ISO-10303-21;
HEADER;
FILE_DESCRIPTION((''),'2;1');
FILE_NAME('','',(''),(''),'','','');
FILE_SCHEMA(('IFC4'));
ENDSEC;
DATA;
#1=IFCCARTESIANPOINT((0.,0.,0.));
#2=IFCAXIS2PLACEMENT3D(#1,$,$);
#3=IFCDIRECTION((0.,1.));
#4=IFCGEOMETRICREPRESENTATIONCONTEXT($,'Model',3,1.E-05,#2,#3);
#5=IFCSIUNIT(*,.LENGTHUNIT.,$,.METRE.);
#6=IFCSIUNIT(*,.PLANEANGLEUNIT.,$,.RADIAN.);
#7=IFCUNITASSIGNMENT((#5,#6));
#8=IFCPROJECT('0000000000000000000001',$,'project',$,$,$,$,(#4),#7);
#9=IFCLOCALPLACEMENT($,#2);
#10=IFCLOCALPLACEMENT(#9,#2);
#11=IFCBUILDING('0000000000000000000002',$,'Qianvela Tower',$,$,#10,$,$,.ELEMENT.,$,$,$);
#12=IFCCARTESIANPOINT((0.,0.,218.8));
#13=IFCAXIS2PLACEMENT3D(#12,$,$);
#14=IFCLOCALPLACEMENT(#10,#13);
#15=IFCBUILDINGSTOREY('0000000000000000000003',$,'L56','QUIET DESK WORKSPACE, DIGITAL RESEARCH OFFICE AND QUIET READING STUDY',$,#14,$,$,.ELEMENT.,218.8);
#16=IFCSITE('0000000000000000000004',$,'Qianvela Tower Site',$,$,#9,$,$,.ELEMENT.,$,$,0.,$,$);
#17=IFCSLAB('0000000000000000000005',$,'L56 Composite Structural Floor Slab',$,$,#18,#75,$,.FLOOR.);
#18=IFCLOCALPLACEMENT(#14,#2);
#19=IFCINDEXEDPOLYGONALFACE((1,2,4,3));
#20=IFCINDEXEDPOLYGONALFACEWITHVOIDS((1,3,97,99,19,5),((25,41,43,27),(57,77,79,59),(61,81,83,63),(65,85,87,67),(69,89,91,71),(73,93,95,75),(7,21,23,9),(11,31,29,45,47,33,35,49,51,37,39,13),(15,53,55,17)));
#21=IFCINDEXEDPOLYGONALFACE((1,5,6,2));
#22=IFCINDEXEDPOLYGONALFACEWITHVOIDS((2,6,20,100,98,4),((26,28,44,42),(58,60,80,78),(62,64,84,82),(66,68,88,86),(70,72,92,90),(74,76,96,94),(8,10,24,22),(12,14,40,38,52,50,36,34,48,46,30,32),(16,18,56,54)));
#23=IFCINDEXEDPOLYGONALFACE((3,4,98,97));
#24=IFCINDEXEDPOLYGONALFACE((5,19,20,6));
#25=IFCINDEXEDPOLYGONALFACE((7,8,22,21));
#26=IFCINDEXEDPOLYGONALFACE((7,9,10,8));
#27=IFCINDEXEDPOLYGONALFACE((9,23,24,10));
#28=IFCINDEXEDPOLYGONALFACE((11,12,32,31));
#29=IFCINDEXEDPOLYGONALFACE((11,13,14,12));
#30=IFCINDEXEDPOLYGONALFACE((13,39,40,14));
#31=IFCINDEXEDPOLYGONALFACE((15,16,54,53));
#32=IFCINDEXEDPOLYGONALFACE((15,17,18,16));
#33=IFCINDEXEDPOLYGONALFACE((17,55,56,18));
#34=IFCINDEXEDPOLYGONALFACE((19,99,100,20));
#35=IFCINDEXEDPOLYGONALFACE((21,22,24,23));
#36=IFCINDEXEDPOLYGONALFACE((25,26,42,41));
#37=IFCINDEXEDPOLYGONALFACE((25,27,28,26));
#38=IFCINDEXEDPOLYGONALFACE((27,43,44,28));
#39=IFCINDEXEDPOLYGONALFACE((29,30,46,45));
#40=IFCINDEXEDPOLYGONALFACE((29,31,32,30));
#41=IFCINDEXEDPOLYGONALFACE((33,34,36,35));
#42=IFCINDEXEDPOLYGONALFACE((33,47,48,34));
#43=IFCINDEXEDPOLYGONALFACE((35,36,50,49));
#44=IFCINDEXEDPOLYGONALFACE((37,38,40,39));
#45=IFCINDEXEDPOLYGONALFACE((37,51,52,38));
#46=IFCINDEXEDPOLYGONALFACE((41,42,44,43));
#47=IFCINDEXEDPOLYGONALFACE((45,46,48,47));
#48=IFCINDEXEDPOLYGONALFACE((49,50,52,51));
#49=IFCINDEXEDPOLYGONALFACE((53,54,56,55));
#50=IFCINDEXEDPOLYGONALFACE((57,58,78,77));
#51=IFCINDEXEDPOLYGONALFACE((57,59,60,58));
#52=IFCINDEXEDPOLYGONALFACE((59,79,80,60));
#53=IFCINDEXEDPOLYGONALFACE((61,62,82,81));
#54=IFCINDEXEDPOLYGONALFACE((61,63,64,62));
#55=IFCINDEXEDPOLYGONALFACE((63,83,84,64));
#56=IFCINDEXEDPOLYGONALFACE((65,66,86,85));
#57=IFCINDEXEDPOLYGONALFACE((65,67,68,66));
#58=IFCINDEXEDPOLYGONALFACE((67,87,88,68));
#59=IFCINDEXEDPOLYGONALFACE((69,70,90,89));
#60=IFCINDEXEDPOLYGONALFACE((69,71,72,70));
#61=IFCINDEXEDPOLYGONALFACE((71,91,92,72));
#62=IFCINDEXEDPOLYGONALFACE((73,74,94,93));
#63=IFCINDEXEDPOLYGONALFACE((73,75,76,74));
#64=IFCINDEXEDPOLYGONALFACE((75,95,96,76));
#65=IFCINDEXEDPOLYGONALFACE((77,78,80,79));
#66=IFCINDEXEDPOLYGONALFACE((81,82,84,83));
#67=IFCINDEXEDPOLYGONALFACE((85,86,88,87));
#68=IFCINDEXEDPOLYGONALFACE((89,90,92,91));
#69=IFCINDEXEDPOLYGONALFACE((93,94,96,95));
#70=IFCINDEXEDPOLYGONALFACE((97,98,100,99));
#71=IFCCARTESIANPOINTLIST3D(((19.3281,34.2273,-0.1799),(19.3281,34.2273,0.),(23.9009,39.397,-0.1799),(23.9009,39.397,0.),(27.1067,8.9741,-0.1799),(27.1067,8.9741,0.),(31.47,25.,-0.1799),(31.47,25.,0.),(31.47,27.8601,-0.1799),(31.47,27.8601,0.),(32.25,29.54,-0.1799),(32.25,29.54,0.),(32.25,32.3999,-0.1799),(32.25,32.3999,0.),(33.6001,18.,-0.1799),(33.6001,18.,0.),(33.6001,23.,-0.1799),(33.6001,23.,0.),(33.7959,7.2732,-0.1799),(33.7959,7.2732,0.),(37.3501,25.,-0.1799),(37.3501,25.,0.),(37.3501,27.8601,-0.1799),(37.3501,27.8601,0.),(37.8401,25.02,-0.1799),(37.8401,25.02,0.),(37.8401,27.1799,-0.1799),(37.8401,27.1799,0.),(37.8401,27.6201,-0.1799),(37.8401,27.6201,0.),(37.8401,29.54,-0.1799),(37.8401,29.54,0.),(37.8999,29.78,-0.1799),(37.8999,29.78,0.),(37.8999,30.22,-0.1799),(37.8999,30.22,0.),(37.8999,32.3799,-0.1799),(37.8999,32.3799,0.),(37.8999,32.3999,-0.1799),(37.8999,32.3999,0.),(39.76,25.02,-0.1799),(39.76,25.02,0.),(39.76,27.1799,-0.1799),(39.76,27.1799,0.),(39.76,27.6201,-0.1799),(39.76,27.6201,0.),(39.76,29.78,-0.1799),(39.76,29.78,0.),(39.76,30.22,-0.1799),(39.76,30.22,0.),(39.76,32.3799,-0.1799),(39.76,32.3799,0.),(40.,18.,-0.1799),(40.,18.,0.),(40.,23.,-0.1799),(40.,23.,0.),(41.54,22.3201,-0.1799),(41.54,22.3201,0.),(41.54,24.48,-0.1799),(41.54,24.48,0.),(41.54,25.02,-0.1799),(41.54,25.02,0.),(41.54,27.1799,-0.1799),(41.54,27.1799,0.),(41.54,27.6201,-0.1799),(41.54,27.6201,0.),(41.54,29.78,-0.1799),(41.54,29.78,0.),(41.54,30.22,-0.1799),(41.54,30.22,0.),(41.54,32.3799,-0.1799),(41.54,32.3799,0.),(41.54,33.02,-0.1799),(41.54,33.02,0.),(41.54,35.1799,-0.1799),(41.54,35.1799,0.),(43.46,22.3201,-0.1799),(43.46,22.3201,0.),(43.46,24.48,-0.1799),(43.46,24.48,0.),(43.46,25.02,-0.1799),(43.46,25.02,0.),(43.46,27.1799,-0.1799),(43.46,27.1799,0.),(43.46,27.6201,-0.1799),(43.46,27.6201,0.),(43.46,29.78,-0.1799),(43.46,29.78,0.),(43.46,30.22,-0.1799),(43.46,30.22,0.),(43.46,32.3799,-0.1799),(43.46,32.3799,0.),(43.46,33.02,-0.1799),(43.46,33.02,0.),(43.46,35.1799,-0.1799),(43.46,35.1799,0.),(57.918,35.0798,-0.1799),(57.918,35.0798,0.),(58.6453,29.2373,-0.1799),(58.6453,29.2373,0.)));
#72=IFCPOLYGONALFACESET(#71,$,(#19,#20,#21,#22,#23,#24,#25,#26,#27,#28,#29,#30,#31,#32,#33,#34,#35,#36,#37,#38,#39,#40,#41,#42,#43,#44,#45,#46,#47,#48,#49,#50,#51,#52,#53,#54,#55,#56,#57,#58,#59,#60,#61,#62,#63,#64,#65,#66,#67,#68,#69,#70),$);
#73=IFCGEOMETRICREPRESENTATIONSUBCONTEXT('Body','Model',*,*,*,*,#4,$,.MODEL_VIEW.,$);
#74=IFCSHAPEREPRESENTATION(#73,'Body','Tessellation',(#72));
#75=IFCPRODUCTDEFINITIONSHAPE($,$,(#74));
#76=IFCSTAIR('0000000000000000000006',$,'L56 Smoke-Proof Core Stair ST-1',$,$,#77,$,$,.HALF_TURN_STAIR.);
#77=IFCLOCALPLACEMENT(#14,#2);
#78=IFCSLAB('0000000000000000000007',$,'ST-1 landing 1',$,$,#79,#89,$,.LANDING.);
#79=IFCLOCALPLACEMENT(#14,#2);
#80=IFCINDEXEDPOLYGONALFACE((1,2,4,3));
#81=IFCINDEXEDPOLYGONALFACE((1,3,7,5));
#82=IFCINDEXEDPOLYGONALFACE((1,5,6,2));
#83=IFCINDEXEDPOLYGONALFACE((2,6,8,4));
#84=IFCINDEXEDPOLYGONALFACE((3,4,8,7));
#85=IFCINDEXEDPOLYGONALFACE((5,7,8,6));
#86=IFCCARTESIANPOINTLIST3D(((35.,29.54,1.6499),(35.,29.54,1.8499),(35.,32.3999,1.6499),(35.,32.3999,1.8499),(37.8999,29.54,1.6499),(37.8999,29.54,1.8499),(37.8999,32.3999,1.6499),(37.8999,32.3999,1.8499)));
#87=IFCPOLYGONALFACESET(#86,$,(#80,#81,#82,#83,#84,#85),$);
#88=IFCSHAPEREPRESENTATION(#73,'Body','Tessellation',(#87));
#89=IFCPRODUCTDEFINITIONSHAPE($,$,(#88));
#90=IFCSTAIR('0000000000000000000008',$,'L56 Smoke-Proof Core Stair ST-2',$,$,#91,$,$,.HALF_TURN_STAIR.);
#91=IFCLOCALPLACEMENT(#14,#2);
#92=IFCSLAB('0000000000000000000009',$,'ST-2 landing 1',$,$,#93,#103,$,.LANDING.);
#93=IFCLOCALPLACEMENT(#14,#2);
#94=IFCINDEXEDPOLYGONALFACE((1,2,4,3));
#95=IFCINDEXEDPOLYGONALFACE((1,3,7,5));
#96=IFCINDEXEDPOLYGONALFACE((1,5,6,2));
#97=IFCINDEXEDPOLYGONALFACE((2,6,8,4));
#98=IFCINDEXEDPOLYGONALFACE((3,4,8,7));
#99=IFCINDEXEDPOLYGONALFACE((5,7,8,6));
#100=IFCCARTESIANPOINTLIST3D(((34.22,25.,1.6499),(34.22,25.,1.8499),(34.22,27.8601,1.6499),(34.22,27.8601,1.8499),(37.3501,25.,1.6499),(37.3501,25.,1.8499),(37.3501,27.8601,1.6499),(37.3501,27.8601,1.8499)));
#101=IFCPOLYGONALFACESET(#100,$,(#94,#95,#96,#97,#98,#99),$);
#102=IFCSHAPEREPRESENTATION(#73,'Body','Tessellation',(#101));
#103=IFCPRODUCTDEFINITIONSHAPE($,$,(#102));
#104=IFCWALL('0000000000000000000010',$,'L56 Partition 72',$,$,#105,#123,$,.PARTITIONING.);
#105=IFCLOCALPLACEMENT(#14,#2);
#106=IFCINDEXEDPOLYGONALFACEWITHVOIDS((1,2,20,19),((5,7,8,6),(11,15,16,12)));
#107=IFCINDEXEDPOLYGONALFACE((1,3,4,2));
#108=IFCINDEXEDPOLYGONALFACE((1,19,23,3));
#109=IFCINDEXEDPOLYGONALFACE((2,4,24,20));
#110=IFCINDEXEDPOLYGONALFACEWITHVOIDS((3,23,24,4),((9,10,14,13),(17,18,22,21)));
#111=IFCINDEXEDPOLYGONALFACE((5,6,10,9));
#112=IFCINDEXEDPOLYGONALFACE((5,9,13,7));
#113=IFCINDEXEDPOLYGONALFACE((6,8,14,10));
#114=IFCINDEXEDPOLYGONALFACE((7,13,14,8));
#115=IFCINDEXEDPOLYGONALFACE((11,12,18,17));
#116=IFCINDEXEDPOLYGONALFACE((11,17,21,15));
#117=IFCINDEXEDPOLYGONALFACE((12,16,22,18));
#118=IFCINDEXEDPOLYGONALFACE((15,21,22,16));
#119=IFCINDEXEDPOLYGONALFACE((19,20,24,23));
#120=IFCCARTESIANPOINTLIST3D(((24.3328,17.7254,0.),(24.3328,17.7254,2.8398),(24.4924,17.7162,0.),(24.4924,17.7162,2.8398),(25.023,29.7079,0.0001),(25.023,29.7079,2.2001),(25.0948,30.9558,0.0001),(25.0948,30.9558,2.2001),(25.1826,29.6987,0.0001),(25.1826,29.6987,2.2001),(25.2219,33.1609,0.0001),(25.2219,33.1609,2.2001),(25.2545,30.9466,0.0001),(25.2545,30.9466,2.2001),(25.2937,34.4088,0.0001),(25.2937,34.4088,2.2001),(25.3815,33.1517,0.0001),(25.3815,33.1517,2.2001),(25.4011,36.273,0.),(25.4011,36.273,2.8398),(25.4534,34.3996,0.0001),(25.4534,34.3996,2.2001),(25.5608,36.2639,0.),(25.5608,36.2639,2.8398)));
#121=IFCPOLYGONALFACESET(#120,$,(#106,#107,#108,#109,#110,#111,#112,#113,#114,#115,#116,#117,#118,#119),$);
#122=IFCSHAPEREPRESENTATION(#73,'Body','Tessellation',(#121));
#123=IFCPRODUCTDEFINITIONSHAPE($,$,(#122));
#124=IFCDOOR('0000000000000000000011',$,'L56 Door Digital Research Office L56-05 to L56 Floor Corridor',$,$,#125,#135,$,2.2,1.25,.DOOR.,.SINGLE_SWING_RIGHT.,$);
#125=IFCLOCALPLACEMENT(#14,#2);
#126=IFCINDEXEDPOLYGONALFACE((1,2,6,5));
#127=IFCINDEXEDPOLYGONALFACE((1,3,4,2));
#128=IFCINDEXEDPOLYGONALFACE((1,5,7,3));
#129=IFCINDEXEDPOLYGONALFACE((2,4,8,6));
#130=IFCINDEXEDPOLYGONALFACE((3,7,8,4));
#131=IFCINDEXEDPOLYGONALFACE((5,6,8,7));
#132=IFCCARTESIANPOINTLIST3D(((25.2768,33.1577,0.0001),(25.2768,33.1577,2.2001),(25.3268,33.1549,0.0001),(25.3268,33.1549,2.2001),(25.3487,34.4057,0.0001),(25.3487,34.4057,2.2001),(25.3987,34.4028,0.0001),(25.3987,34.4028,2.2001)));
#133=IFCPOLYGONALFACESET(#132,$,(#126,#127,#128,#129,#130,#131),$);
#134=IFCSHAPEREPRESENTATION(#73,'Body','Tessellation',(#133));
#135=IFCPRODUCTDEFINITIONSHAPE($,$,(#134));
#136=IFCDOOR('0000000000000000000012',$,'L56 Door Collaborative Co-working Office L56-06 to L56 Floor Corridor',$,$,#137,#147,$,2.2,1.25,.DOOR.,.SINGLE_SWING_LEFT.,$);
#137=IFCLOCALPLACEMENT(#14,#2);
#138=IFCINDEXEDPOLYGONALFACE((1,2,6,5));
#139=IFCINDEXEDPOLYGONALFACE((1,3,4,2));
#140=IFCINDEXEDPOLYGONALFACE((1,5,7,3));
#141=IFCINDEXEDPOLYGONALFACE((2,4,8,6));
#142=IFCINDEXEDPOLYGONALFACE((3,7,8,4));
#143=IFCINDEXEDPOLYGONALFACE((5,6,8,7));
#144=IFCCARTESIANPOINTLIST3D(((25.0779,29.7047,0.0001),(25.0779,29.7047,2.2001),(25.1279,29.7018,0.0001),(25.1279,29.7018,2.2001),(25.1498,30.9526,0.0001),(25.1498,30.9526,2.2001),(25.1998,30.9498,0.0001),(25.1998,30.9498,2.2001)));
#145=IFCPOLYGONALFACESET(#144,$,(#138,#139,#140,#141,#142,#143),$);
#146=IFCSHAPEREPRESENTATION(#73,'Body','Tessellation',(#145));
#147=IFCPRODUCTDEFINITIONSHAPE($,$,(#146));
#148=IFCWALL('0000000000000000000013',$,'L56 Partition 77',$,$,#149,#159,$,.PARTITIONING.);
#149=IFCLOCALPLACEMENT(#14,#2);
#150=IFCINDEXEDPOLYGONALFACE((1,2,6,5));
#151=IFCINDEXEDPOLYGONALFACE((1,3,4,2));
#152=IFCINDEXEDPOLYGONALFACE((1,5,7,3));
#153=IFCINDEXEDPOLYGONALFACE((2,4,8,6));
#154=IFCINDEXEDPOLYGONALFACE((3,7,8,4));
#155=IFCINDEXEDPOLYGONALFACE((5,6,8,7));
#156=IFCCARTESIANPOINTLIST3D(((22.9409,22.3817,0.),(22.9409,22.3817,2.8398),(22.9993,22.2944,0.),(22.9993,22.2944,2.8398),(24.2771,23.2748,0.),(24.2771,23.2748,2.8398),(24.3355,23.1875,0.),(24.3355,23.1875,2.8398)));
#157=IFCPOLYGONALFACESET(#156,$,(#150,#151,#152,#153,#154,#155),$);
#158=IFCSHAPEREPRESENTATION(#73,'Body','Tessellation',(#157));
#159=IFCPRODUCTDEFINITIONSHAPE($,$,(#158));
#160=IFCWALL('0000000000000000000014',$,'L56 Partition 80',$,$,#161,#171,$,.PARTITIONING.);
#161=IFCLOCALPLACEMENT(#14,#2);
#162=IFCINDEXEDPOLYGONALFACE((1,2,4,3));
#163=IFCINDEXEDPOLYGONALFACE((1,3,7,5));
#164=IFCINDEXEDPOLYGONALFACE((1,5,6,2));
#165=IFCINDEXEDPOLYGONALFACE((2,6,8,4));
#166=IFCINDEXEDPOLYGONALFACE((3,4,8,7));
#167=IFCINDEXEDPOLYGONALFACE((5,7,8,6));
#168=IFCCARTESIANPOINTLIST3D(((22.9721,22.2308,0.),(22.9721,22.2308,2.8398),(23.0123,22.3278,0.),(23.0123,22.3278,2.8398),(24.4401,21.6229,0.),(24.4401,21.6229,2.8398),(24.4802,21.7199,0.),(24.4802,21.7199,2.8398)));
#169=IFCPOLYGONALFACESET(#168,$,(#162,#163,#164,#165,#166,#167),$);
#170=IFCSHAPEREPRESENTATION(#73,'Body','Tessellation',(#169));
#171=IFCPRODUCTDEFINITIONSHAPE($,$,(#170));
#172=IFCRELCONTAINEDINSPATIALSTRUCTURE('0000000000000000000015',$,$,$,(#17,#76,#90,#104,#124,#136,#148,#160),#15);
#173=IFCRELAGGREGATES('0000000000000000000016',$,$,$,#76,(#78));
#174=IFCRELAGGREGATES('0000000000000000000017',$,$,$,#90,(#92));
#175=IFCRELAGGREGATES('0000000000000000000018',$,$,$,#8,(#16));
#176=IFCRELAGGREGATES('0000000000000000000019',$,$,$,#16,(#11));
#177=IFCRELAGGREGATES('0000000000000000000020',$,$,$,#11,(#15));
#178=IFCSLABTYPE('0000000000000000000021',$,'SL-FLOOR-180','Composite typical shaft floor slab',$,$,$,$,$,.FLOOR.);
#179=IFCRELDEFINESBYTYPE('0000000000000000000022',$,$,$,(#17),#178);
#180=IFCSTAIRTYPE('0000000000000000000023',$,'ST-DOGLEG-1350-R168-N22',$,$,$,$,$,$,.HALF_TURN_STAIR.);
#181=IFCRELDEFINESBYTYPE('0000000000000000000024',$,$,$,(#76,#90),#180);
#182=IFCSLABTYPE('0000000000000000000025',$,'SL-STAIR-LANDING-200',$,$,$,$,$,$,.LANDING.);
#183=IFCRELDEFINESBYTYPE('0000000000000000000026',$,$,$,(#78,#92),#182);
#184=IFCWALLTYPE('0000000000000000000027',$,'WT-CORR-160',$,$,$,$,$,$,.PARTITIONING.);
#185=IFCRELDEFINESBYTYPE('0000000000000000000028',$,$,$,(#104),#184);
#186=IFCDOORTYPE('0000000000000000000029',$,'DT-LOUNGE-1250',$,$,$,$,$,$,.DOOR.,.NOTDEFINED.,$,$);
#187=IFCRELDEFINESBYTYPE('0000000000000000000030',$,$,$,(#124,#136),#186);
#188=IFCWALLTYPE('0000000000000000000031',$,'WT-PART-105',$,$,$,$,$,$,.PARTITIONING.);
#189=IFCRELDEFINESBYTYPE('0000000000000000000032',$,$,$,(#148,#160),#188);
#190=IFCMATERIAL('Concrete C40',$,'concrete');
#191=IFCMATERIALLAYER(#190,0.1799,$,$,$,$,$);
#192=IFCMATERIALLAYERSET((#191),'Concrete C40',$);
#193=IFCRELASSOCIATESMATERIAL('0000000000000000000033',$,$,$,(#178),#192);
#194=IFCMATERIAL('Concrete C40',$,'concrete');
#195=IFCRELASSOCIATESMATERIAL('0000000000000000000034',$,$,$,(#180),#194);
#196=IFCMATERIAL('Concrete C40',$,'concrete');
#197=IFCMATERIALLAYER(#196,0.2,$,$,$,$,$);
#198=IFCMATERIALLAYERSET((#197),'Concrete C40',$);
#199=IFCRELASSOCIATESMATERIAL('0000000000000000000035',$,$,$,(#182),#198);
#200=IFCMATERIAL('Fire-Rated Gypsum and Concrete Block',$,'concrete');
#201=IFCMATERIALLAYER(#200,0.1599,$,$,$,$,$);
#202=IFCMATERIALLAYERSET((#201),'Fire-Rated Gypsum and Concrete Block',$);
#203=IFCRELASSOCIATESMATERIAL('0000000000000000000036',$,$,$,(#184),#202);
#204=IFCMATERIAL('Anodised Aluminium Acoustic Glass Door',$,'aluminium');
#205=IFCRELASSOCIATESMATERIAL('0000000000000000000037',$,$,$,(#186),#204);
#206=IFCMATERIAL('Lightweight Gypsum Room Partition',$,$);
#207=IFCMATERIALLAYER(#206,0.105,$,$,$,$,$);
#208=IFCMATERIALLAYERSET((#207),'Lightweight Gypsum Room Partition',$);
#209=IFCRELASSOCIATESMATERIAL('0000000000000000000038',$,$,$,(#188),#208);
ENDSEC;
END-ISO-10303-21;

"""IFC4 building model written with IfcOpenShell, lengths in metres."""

from ifc_helpers import new_model, si_unit, direction, frame, frame_2d, origin, place, context, subcontext, project, spatial, polyline, rectangle, outline, extrude, material, layer, layer_set, type_object, element, fill, aggregate, save


model = new_model("IFC4")

# Units and contexts
model_context = context("Model", 3, precision=1e-05, world=origin(), true_north=direction((0.0, 1.0)))
body_context = subcontext(model_context, "Body", "Model", "MODEL_VIEW")
ifc_project = project(units=[si_unit("LENGTHUNIT", "METRE"), si_unit("PLANEANGLEUNIT", "RADIAN")], contexts=[model_context])

# Site, building, storey
site_placement = place(None, origin())
site = spatial("IfcSite", under=ifc_project, at=site_placement, Name="Qianvela Tower Site", CompositionType="ELEMENT", RefElevation=0.0)
building_placement = place(site_placement, origin())
building = spatial("IfcBuilding", under=site, at=building_placement, Name="Qianvela Tower", CompositionType="ELEMENT")
storey_placement = place(building_placement, frame((0.0, 0.0, 218.8)))
storey = spatial("IfcBuildingStorey", under=building, at=storey_placement, Name="L56", Description="QUIET DESK WORKSPACE, DIGITAL RESEARCH OFFICE AND QUIET READING STUDY", CompositionType="ELEMENT", Elevation=218.8)

# Slab
ifc_material_1 = material(Name="Concrete C40", Category="concrete")
ifc_layer_1 = layer(ifc_material_1, 0.1799)
ifc_layer_set_1 = layer_set([ifc_layer_1], Name="Concrete C40")
slab_type_1 = type_object("IfcSlabType", Name="SL-FLOOR-180", Description="Composite typical shaft floor slab", PredefinedType="FLOOR", material=ifc_layer_set_1)
slab_1_placement = place(storey_placement, frame((0.0, 0.0, -0.1799)))
element("IfcSlab", 1, at=slab_1_placement, inside=storey, type_object=slab_type_1, Name="L56 Composite Structural Floor Slab", PredefinedType="FLOOR", context=body_context, shape_type="SweptSolid", body=[
    extrude(outline(polyline([(58.6453, 29.2373), (57.918, 35.0798), (23.9009, 39.397), (19.3281, 34.2273), (27.1067, 8.9741), (33.7959, 7.2732), (58.6453, 29.2373)]), holes=[polyline([(40.0, 23.0), (33.6001, 23.0), (33.6001, 18.0), (40.0, 18.0), (40.0, 23.0)]), polyline([(39.76, 27.1799), (37.8401, 27.1799), (37.8401, 25.02), (39.76, 25.02), (39.76, 27.1799)]), polyline([(37.3501, 27.8601), (31.47, 27.8601), (31.47, 25.0), (37.3501, 25.0), (37.3501, 27.8601)]), polyline([(37.8401, 27.6201), (39.76, 27.6201), (39.76, 29.78), (37.8999, 29.78), (37.8999, 30.22), (39.76, 30.22), (39.76, 32.3799), (37.8999, 32.3799), (37.8999, 32.3999), (32.25, 32.3999), (32.25, 29.54), (37.8401, 29.54), (37.8401, 27.6201)]), polyline([(43.46, 22.3201), (43.46, 24.48), (41.54, 24.48), (41.54, 22.3201), (43.46, 22.3201)]), polyline([(43.46, 25.02), (43.46, 27.1799), (41.54, 27.1799), (41.54, 25.02), (43.46, 25.02)]), polyline([(43.46, 29.78), (41.54, 29.78), (41.54, 27.6201), (43.46, 27.6201), (43.46, 29.78)]), polyline([(43.46, 30.22), (43.46, 32.3799), (41.54, 32.3799), (41.54, 30.22), (43.46, 30.22)]), polyline([(43.46, 33.02), (43.46, 35.1799), (41.54, 35.1799), (41.54, 33.02), (43.46, 33.02)])]), origin(), (0.0, 0.0, 1.0), 0.1799),
])

# Stairs, slabs
ifc_material_2 = material(Name="Concrete C40", Category="concrete")
stair_type = type_object("IfcStairType", Name="ST-DOGLEG-1350-R168-N22", PredefinedType="HALF_TURN_STAIR", material=ifc_material_2)
stair_1_placement = place(storey_placement, origin())
stair_1 = element("IfcStair", 2, at=stair_1_placement, inside=storey, type_object=stair_type, Name="L56 Smoke-Proof Core Stair ST-1", PredefinedType="HALF_TURN_STAIR")
ifc_material_3 = material(Name="Concrete C40", Category="concrete")
ifc_layer_2 = layer(ifc_material_3, 0.2)
ifc_layer_set_2 = layer_set([ifc_layer_2], Name="Concrete C40")
slab_type_2 = type_object("IfcSlabType", Name="SL-STAIR-LANDING-200", PredefinedType="LANDING", material=ifc_layer_set_2)
slab_2_placement = place(storey_placement, frame((0.0, 0.0, 1.6499)))
slab_2 = element("IfcSlab", 3, at=slab_2_placement, type_object=slab_type_2, Name="ST-1 landing 1", PredefinedType="LANDING", context=body_context, shape_type="SweptSolid", body=[
    extrude(outline(polyline([(35.0, 29.54), (37.8999, 29.54), (37.8999, 32.3999), (35.0, 32.3999), (35.0, 29.54)])), origin(), (0.0, 0.0, 1.0), 0.2),
])
aggregate(stair_1, [slab_2])
stair_2_placement = place(storey_placement, origin())
stair_2 = element("IfcStair", 4, at=stair_2_placement, inside=storey, type_object=stair_type, Name="L56 Smoke-Proof Core Stair ST-2", PredefinedType="HALF_TURN_STAIR")
slab_3_placement = place(storey_placement, frame((0.0, 0.0, 1.6499)))
slab_3 = element("IfcSlab", 5, at=slab_3_placement, type_object=slab_type_2, Name="ST-2 landing 1", PredefinedType="LANDING", context=body_context, shape_type="SweptSolid", body=[
    extrude(outline(polyline([(34.22, 25.0), (37.3501, 25.0), (37.3501, 27.8601), (34.22, 27.8601), (34.22, 25.0)])), origin(), (0.0, 0.0, 1.0), 0.2),
])
aggregate(stair_2, [slab_3])

# Wall, openings, doors
ifc_material_4 = material(Name="Fire-Rated Gypsum and Concrete Block", Category="concrete")
ifc_layer_3 = layer(ifc_material_4, 0.1599)
ifc_layer_set_3 = layer_set([ifc_layer_3], Name="Fire-Rated Gypsum and Concrete Block")
wall_type_1 = type_object("IfcWallType", Name="WT-CORR-160", PredefinedType="PARTITIONING", material=ifc_layer_set_3)
wall_1_placement = place(storey_placement, frame((24.4126, 17.7209, 0.0), z_axis=(0.0, 0.0, 1.0), x_axis=(0.057506, 0.998345, 0.0)))
wall_1 = element("IfcWall", 6, at=wall_1_placement, inside=storey, type_object=wall_type_1, Name="L56 Partition 72", PredefinedType="PARTITIONING", context=body_context, shape_type="SweptSolid", body=[
    extrude(rectangle(XDim=18.5784, YDim=0.1599, at=frame_2d((9.2891, 0.0))), origin(), (0.0, 0.0, 1.0), 2.8398),
])
opening_1_placement = place(wall_1_placement, frame((15.4609, 0.0, 0.0)))
opening_1 = element("IfcOpeningElement", 7, at=opening_1_placement, cuts=wall_1, PredefinedType="OPENING", context=body_context, shape_type="SweptSolid", body=[
    extrude(rectangle(XDim=1.25, YDim=2.2, at=frame_2d((0.625, 1.1001))), frame((0.0, 0.0898, 0.0), z_axis=(0.0, -1.0, 0.0), x_axis=(1.0, 0.0, 0.0)), (0.0, 0.0, 1.0), 0.1799),
])
opening_2_placement = place(wall_1_placement, frame((12.0022, 0.0, 0.0)))
opening_2 = element("IfcOpeningElement", 8, at=opening_2_placement, cuts=wall_1, PredefinedType="OPENING", context=body_context, shape_type="SweptSolid", body=[
    extrude(rectangle(XDim=1.25, YDim=2.2, at=frame_2d((0.625, 1.1001))), frame((0.0, 0.0898, 0.0), z_axis=(0.0, -1.0, 0.0), x_axis=(1.0, 0.0, 0.0)), (0.0, 0.0, 1.0), 0.1799),
])
ifc_material_5 = material(Name="Anodised Aluminium Acoustic Glass Door", Category="aluminium")
door_type = type_object("IfcDoorType", Name="DT-LOUNGE-1250", OperationType="NOTDEFINED", PredefinedType="DOOR", material=ifc_material_5)
door_1_placement = place(opening_1_placement, origin())
door_1 = element("IfcDoor", 9, at=door_1_placement, inside=storey, type_object=door_type, Name="L56 Door Digital Research Office L56-05 to L56 Floor Corridor", OperationType="SINGLE_SWING_RIGHT", OverallHeight=2.2, OverallWidth=1.25, PredefinedType="DOOR", context=body_context, shape_type="SweptSolid", body=[
    extrude(rectangle(XDim=1.25, YDim=2.2, at=frame_2d((0.625, 1.1001))), frame((0.0, 0.0249, 0.0), z_axis=(0.0, -1.0, 0.0), x_axis=(1.0, 0.0, 0.0)), (0.0, 0.0, 1.0), 0.05),
])
fill(opening_1, door_1)
door_2_placement = place(opening_2_placement, origin())
door_2 = element("IfcDoor", 10, at=door_2_placement, inside=storey, type_object=door_type, Name="L56 Door Collaborative Co-working Office L56-06 to L56 Floor Corridor", OperationType="SINGLE_SWING_LEFT", OverallHeight=2.2, OverallWidth=1.25, PredefinedType="DOOR", context=body_context, shape_type="SweptSolid", body=[
    extrude(rectangle(XDim=1.25, YDim=2.2, at=frame_2d((0.625, 1.1001))), frame((0.0, 0.0249, 0.0), z_axis=(0.0, -1.0, 0.0), x_axis=(1.0, 0.0, 0.0)), (0.0, 0.0, 1.0), 0.05),
])
fill(opening_2, door_2)

# Walls
ifc_material_6 = material(Name="Lightweight Gypsum Room Partition")
ifc_layer_4 = layer(ifc_material_6, 0.105)
ifc_layer_set_4 = layer_set([ifc_layer_4], Name="Lightweight Gypsum Room Partition")
wall_type_2 = type_object("IfcWallType", Name="WT-PART-105", PredefinedType="PARTITIONING", material=ifc_layer_set_4)
wall_2_placement = place(storey_placement, frame((24.3064, 23.2312, 0.0), z_axis=(0.0, 0.0, 1.0), x_axis=(-0.831395, -0.555681, 0.0)))
element("IfcWall", 11, at=wall_2_placement, inside=storey, type_object=wall_type_2, Name="L56 Partition 77", PredefinedType="PARTITIONING", context=body_context, shape_type="SweptSolid", body=[
    extrude(rectangle(XDim=1.6072, YDim=0.105, at=frame_2d((0.8037, 0.0))), origin(), (0.0, 0.0, 1.0), 2.8398),
])
wall_3_placement = place(storey_placement, frame((22.9922, 22.2793, 0.0), z_axis=(0.0, 0.0, 1.0), x_axis=(0.923916, -0.382596, 0.0)))
element("IfcWall", 12, at=wall_3_placement, inside=storey, type_object=wall_type_2, Name="L56 Partition 80", PredefinedType="PARTITIONING", context=body_context, shape_type="SweptSolid", body=[
    extrude(rectangle(XDim=1.5889, YDim=0.105, at=frame_2d((0.7944, 0.0))), origin(), (0.0, 0.0, 1.0), 2.8398),
])

save(model, "model.ifc")
